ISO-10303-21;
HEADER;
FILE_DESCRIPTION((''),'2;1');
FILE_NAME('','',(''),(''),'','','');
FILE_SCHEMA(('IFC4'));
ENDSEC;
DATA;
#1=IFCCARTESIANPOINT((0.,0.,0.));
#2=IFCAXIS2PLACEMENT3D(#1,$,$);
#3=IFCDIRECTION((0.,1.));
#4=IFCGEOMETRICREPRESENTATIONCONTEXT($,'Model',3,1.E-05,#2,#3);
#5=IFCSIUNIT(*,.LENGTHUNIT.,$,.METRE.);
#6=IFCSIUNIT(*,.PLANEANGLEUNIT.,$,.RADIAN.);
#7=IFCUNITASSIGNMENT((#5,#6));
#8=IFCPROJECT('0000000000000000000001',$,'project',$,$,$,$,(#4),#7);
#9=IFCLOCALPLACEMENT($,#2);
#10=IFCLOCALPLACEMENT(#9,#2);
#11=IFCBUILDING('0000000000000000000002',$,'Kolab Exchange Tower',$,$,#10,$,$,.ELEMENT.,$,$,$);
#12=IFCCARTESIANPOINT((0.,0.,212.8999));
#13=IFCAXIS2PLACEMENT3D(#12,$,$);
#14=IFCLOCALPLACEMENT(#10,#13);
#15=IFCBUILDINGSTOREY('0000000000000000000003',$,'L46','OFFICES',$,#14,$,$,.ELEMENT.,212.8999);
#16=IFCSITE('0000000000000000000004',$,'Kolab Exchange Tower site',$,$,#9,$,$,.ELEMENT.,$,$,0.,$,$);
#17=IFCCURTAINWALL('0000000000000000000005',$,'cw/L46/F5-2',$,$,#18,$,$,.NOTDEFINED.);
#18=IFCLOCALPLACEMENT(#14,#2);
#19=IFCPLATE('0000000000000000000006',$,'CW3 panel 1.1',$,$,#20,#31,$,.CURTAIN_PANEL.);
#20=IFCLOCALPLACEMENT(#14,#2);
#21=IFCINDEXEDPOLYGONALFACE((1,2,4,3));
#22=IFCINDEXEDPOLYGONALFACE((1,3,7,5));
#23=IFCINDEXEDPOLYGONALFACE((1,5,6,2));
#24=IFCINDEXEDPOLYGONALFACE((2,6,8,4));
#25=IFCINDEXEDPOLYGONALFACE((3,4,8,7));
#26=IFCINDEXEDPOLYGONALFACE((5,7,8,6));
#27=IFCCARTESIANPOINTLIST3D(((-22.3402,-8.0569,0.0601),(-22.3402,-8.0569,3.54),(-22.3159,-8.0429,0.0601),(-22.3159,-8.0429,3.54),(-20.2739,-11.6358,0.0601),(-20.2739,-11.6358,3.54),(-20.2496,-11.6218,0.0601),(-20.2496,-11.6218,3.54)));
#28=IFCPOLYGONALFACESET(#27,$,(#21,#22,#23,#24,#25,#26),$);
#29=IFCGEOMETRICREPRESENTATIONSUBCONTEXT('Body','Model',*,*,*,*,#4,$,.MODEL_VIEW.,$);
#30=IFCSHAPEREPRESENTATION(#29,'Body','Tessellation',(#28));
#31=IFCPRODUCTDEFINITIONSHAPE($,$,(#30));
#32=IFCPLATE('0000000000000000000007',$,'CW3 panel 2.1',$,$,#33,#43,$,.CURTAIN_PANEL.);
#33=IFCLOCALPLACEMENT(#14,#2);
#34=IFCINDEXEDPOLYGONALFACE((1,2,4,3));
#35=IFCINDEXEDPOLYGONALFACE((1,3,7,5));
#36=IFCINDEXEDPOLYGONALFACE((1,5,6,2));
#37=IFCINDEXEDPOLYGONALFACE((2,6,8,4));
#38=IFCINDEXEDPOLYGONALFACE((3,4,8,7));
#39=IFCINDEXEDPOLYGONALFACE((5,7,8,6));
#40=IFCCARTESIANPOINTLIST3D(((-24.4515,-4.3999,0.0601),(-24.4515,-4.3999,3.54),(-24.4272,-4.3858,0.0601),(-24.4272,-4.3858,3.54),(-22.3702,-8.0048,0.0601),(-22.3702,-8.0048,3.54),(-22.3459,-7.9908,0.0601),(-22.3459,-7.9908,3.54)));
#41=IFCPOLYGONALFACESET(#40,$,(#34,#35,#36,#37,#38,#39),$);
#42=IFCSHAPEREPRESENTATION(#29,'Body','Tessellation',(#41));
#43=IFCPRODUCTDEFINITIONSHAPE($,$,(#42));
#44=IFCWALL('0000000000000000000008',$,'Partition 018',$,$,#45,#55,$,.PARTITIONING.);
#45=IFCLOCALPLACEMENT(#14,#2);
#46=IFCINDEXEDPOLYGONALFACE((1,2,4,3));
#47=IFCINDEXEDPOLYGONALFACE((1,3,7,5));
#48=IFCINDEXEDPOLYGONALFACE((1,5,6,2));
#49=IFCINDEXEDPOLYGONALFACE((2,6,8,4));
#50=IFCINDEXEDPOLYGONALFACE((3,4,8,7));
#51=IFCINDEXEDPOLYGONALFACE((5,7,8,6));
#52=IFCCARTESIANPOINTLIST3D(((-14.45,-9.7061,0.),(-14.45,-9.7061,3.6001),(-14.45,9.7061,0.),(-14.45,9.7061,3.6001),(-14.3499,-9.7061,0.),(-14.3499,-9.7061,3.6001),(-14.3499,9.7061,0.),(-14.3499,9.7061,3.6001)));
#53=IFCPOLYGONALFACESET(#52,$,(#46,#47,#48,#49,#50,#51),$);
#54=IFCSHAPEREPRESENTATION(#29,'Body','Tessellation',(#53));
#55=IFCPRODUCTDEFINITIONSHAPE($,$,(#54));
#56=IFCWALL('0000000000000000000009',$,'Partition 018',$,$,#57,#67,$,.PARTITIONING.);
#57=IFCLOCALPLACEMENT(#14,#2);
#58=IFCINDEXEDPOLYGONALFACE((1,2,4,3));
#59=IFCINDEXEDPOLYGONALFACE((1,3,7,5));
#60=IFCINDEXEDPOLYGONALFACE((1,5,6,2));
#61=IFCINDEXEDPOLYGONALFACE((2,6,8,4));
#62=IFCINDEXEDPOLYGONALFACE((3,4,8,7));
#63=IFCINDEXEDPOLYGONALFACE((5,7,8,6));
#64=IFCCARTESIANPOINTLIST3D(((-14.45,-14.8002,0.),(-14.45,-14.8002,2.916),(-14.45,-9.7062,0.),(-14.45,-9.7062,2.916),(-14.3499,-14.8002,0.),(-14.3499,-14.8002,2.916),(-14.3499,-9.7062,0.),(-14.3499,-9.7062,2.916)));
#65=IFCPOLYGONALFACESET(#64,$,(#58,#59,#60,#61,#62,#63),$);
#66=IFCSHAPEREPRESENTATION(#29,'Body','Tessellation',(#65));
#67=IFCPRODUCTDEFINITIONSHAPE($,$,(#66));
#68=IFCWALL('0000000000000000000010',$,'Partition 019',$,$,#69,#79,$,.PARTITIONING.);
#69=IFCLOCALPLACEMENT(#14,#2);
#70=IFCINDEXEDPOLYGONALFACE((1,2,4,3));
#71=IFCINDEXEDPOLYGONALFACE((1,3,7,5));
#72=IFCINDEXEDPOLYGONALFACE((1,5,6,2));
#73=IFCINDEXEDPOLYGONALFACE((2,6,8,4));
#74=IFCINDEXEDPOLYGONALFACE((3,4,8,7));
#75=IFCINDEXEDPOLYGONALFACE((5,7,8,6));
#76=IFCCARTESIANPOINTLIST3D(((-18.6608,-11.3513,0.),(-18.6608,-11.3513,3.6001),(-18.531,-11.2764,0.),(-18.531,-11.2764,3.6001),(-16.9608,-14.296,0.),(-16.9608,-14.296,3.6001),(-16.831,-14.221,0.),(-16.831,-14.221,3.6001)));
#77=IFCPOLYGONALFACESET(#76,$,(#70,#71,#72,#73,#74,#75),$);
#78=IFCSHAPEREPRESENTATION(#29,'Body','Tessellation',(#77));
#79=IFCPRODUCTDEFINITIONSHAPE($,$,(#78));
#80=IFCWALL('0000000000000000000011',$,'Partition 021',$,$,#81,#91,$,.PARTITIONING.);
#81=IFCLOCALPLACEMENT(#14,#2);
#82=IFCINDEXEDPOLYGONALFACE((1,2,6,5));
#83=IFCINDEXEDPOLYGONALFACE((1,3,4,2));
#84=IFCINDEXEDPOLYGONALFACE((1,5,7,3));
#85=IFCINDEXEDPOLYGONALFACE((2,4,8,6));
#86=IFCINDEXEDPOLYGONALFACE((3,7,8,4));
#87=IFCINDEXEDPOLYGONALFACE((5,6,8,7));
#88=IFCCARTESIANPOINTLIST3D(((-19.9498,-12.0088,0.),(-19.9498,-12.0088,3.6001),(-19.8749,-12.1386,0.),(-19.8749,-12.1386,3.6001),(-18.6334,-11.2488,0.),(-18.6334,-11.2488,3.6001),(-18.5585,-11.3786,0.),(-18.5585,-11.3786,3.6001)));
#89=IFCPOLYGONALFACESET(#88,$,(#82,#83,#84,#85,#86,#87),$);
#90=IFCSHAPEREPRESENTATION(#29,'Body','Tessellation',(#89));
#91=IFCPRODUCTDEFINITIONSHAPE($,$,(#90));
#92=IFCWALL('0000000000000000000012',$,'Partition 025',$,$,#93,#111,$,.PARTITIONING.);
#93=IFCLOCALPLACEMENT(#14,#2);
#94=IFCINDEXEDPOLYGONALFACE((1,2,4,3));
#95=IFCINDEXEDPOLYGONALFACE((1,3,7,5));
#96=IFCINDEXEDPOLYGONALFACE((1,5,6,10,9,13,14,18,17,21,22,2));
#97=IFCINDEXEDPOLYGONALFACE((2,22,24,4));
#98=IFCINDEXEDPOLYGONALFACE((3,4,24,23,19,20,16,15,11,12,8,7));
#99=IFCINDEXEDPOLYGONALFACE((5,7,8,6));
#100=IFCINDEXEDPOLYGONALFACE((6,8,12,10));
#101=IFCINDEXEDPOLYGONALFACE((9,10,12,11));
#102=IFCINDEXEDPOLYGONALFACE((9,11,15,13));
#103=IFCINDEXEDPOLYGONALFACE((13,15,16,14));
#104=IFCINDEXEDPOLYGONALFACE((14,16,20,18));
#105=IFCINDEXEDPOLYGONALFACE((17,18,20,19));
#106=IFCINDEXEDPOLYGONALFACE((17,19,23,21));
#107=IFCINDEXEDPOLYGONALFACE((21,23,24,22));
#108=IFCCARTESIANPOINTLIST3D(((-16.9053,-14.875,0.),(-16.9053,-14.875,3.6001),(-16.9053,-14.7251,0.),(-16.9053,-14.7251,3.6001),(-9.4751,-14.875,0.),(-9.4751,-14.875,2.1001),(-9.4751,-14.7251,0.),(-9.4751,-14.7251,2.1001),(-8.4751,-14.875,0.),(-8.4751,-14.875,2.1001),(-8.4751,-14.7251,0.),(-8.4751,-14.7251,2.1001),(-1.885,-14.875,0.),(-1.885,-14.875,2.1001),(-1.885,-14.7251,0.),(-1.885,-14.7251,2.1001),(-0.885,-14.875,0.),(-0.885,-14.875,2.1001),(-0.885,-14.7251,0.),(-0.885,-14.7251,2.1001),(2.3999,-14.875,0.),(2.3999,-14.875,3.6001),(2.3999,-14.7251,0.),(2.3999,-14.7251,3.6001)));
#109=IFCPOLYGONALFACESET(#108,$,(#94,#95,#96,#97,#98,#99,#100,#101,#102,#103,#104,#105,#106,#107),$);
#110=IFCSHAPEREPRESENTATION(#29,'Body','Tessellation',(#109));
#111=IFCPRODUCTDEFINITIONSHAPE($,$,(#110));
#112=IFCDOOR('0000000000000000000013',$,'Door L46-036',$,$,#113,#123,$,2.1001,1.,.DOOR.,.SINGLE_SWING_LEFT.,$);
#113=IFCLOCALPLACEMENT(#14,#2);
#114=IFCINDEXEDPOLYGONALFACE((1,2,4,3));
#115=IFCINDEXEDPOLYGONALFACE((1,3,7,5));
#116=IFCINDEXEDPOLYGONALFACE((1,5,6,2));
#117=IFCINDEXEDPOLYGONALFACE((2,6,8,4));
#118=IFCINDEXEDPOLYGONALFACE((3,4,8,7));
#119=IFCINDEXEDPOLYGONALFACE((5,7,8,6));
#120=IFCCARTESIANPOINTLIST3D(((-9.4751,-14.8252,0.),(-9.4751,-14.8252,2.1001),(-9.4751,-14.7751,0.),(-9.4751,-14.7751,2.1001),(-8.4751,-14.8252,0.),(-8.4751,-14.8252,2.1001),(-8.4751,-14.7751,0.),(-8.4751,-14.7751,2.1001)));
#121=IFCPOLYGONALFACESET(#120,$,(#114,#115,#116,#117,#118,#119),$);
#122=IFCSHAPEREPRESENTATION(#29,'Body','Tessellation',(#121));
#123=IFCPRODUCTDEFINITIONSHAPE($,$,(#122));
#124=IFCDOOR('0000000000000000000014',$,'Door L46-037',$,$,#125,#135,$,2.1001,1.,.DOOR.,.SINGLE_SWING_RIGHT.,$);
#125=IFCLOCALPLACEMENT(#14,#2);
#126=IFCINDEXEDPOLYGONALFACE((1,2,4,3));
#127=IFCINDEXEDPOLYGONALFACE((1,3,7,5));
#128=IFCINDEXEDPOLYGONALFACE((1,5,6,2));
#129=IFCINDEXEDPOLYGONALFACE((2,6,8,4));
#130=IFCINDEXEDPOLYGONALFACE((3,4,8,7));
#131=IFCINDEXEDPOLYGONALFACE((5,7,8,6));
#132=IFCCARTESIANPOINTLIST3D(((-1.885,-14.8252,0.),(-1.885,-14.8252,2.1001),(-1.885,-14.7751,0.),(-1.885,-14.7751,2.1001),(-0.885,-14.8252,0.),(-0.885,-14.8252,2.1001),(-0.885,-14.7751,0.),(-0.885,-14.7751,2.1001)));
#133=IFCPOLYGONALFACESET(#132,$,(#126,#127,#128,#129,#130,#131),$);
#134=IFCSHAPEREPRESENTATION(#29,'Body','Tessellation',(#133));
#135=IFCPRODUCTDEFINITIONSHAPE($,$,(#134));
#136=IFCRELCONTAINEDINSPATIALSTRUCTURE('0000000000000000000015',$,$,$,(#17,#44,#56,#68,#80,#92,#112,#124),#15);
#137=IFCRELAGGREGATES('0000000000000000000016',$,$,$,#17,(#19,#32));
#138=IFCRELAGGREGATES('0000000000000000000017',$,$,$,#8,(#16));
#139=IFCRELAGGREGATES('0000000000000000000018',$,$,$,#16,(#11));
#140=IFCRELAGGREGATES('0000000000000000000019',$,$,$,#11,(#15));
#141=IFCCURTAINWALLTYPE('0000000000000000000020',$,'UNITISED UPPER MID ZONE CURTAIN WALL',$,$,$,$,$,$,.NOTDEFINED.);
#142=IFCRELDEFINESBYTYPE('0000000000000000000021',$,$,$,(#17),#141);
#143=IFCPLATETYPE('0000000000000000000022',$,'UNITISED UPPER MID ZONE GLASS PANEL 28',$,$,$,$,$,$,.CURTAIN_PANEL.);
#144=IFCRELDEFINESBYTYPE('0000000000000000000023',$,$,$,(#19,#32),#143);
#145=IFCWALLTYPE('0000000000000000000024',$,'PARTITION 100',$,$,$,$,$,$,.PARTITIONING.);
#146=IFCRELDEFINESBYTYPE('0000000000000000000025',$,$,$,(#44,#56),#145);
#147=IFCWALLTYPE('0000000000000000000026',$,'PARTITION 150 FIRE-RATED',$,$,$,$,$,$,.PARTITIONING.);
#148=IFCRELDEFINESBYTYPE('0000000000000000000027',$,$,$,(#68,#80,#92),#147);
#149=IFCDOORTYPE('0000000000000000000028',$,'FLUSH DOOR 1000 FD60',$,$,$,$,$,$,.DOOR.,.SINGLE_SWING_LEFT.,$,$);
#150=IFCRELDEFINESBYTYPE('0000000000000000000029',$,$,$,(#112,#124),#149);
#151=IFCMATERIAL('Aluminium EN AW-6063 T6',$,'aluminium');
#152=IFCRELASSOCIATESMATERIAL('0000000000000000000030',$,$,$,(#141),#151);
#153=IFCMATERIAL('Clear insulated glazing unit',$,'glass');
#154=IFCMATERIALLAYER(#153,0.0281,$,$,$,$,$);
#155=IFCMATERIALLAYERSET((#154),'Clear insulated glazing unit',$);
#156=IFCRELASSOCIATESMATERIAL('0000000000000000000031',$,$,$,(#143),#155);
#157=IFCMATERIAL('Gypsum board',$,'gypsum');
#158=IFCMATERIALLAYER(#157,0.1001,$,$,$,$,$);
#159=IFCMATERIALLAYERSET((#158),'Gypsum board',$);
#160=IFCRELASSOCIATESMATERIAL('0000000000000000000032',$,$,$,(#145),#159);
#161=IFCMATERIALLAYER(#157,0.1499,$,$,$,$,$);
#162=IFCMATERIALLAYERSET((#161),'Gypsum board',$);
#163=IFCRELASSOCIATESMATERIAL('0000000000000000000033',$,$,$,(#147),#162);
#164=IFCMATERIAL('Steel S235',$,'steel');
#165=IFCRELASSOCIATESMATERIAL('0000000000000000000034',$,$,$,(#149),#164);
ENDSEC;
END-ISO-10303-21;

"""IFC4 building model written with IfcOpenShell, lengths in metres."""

from ifc_helpers import new_model, si_unit, direction, frame, frame_2d, origin, origin_2d, place, context, subcontext, project, spatial, rectangle, extrude, material, layer, layer_set, type_object, element, fill, aggregate, save


model = new_model("IFC4")

# Units and contexts
model_context = context("Model", 3, precision=1e-05, world=origin(), true_north=direction((0.0, 1.0)))
body_context = subcontext(model_context, "Body", "Model", "MODEL_VIEW")
ifc_project = project(units=[si_unit("LENGTHUNIT", "METRE"), si_unit("PLANEANGLEUNIT", "RADIAN")], contexts=[model_context])

# Site, building, storey
site_placement = place(None, origin())
site = spatial("IfcSite", under=ifc_project, at=site_placement, Name="Kolab Exchange Tower site", CompositionType="ELEMENT", RefElevation=0.0)
building_placement = place(site_placement, origin())
building = spatial("IfcBuilding", under=site, at=building_placement, Name="Kolab Exchange Tower", CompositionType="ELEMENT")
storey_placement = place(building_placement, frame((0.0, 0.0, 212.8999)))
storey = spatial("IfcBuildingStorey", under=building, at=storey_placement, Name="L46", Description="OFFICES", CompositionType="ELEMENT", Elevation=212.8999)

# Curtain wall, plates
ifc_material_1 = material(Name="Aluminium EN AW-6063 T6", Category="aluminium")
curtain_wall_type = type_object("IfcCurtainWallType", Name="UNITISED UPPER MID ZONE CURTAIN WALL", PredefinedType="NOTDEFINED", material=ifc_material_1)
curtain_wall_placement = place(storey_placement, origin())
curtain_wall = element("IfcCurtainWall", 1, at=curtain_wall_placement, inside=storey, type_object=curtain_wall_type, Name="cw/L46/F5-2", PredefinedType="NOTDEFINED")
ifc_material_2 = material(Name="Clear insulated glazing unit", Category="glass")
ifc_layer_1 = layer(ifc_material_2, 0.0281)
ifc_layer_set_1 = layer_set([ifc_layer_1], Name="Clear insulated glazing unit")
plate_type = type_object("IfcPlateType", Name="UNITISED UPPER MID ZONE GLASS PANEL 28", PredefinedType="CURTAIN_PANEL", material=ifc_layer_set_1)
plate_1_placement = place(storey_placement, frame((-21.2949, -9.8394, 0.0601), z_axis=(0.0, 0.0, 1.0), x_axis=(-0.5, 0.866025, 0.0)))
plate_1 = element("IfcPlate", 2, at=plate_1_placement, type_object=plate_type, Name="CW3 panel 1.1", PredefinedType="CURTAIN_PANEL", context=body_context, shape_type="SweptSolid", body=[
    extrude(rectangle(XDim=4.1326, YDim=0.0281, at=origin_2d()), origin(), (0.0, 0.0, 1.0), 3.48),
])
plate_2_placement = place(storey_placement, frame((-23.3987, -6.1953, 0.0601), z_axis=(0.0, 0.0, 1.0), x_axis=(-0.5, 0.866025, 0.0)))
plate_2 = element("IfcPlate", 3, at=plate_2_placement, type_object=plate_type, Name="CW3 panel 2.1", PredefinedType="CURTAIN_PANEL", context=body_context, shape_type="SweptSolid", body=[
    extrude(rectangle(XDim=4.1626, YDim=0.0281, at=origin_2d()), origin(), (0.0, 0.0, 1.0), 3.48),
])
aggregate(curtain_wall, [plate_1, plate_2])

# Walls
ifc_material_3 = material(Name="Gypsum board", Category="gypsum")
ifc_layer_2 = layer(ifc_material_3, 0.1001)
ifc_layer_set_2 = layer_set([ifc_layer_2], Name="Gypsum board")
wall_type_1 = type_object("IfcWallType", Name="PARTITION 100", PredefinedType="PARTITIONING", material=ifc_layer_set_2)
wall_1_placement = place(storey_placement, frame((-14.3999, -9.7061, 0.0), z_axis=(0.0, 0.0, 1.0), x_axis=(0.0, 1.0, 0.0)))
element("IfcWall", 4, at=wall_1_placement, inside=storey, type_object=wall_type_1, Name="Partition 018", PredefinedType="PARTITIONING", context=body_context, shape_type="SweptSolid", body=[
    extrude(rectangle(XDim=19.4121, YDim=0.1001, at=frame_2d((9.7061, 0.0))), origin(), (0.0, 0.0, 1.0), 3.6001),
])
wall_2_placement = place(storey_placement, frame((-14.3999, -14.8, 0.0), z_axis=(0.0, 0.0, 1.0), x_axis=(0.0, 1.0, 0.0)))
element("IfcWall", 5, at=wall_2_placement, inside=storey, type_object=wall_type_1, Name="Partition 018", PredefinedType="PARTITIONING", context=body_context, shape_type="SweptSolid", body=[
    extrude(rectangle(XDim=5.094, YDim=0.1001, at=frame_2d((2.5469, 0.0))), origin(), (0.0, 0.0, 1.0), 2.916),
])
ifc_layer_3 = layer(ifc_material_3, 0.1499)
ifc_layer_set_3 = layer_set([ifc_layer_3], Name="Gypsum board")
wall_type_2 = type_object("IfcWallType", Name="PARTITION 150 FIRE-RATED", PredefinedType="PARTITIONING", material=ifc_layer_set_3)
wall_3_placement = place(storey_placement, frame((-18.5959, -11.3137, 0.0), z_axis=(0.0, 0.0, 1.0), x_axis=(0.499977, -0.866039, 0.0)))
element("IfcWall", 6, at=wall_3_placement, inside=storey, type_object=wall_type_2, Name="Partition 019", PredefinedType="PARTITIONING", context=body_context, shape_type="SweptSolid", body=[
    extrude(rectangle(XDim=3.4001, YDim=0.1499, at=frame_2d((1.7002, 0.0))), origin(), (0.0, 0.0, 1.0), 3.6001),
])
wall_4_placement = place(storey_placement, frame((-19.9124, -12.0737, 0.0), z_axis=(0.0, 0.0, 1.0), x_axis=(0.86603, 0.499991, 0.0)))
element("IfcWall", 7, at=wall_4_placement, inside=storey, type_object=wall_type_2, Name="Partition 021", PredefinedType="PARTITIONING", context=body_context, shape_type="SweptSolid", body=[
    extrude(rectangle(XDim=1.52, YDim=0.1499, at=frame_2d((0.76, 0.0))), origin(), (0.0, 0.0, 1.0), 3.6001),
])

# Wall, openings, doors
wall_5_placement = place(storey_placement, frame((-16.9053, -14.8, 0.0), z_axis=(0.0, 0.0, 1.0), x_axis=(1.0, 0.0, 0.0)))
wall_5 = element("IfcWall", 8, at=wall_5_placement, inside=storey, type_object=wall_type_2, Name="Partition 025", PredefinedType="PARTITIONING", context=body_context, shape_type="SweptSolid", body=[
    extrude(rectangle(XDim=19.3052, YDim=0.1499, at=frame_2d((9.6526, 0.0))), origin(), (0.0, 0.0, 1.0), 3.6001),
])
opening_1_placement = place(wall_5_placement, frame((7.4302, 0.0, 0.0)))
opening_1 = element("IfcOpeningElement", 9, at=opening_1_placement, cuts=wall_5, PredefinedType="OPENING", context=body_context, shape_type="SweptSolid", body=[
    extrude(rectangle(XDim=1.0, YDim=2.1001, at=frame_2d((0.5, 1.05))), frame((0.0, 0.085, 0.0), z_axis=(0.0, -1.0, 0.0), x_axis=(1.0, 0.0, 0.0)), (0.0, 0.0, 1.0), 0.1699),
])
opening_2_placement = place(wall_5_placement, frame((15.0203, 0.0, 0.0)))
opening_2 = element("IfcOpeningElement", 10, at=opening_2_placement, cuts=wall_5, PredefinedType="OPENING", context=body_context, shape_type="SweptSolid", body=[
    extrude(rectangle(XDim=1.0, YDim=2.1001, at=frame_2d((0.5, 1.05))), frame((0.0, 0.085, 0.0), z_axis=(0.0, -1.0, 0.0), x_axis=(1.0, 0.0, 0.0)), (0.0, 0.0, 1.0), 0.1699),
])
ifc_material_4 = material(Name="Steel S235", Category="steel")
door_type = type_object("IfcDoorType", Name="FLUSH DOOR 1000 FD60", OperationType="SINGLE_SWING_LEFT", PredefinedType="DOOR", material=ifc_material_4)
door_1_placement = place(opening_1_placement, origin())
door_1 = element("IfcDoor", 11, at=door_1_placement, inside=storey, type_object=door_type, Name="Door L46-036", OperationType="SINGLE_SWING_LEFT", OverallHeight=2.1001, OverallWidth=1.0, PredefinedType="DOOR", context=body_context, shape_type="SweptSolid", body=[
    extrude(rectangle(XDim=1.0, YDim=2.1001, at=frame_2d((0.5, 1.05))), frame((0.0, 0.0249, 0.0), z_axis=(0.0, -1.0, 0.0), x_axis=(1.0, 0.0, 0.0)), (0.0, 0.0, 1.0), 0.05),
])
fill(opening_1, door_1)
door_2_placement = place(opening_2_placement, origin())
door_2 = element("IfcDoor", 12, at=door_2_placement, inside=storey, type_object=door_type, Name="Door L46-037", OperationType="SINGLE_SWING_RIGHT", OverallHeight=2.1001, OverallWidth=1.0, PredefinedType="DOOR", context=body_context, shape_type="SweptSolid", body=[
    extrude(rectangle(XDim=1.0, YDim=2.1001, at=frame_2d((0.5, 1.05))), frame((0.0, 0.0249, 0.0), z_axis=(0.0, -1.0, 0.0), x_axis=(1.0, 0.0, 0.0)), (0.0, 0.0, 1.0), 0.05),
])
fill(opening_2, door_2)

save(model, "model.ifc")
